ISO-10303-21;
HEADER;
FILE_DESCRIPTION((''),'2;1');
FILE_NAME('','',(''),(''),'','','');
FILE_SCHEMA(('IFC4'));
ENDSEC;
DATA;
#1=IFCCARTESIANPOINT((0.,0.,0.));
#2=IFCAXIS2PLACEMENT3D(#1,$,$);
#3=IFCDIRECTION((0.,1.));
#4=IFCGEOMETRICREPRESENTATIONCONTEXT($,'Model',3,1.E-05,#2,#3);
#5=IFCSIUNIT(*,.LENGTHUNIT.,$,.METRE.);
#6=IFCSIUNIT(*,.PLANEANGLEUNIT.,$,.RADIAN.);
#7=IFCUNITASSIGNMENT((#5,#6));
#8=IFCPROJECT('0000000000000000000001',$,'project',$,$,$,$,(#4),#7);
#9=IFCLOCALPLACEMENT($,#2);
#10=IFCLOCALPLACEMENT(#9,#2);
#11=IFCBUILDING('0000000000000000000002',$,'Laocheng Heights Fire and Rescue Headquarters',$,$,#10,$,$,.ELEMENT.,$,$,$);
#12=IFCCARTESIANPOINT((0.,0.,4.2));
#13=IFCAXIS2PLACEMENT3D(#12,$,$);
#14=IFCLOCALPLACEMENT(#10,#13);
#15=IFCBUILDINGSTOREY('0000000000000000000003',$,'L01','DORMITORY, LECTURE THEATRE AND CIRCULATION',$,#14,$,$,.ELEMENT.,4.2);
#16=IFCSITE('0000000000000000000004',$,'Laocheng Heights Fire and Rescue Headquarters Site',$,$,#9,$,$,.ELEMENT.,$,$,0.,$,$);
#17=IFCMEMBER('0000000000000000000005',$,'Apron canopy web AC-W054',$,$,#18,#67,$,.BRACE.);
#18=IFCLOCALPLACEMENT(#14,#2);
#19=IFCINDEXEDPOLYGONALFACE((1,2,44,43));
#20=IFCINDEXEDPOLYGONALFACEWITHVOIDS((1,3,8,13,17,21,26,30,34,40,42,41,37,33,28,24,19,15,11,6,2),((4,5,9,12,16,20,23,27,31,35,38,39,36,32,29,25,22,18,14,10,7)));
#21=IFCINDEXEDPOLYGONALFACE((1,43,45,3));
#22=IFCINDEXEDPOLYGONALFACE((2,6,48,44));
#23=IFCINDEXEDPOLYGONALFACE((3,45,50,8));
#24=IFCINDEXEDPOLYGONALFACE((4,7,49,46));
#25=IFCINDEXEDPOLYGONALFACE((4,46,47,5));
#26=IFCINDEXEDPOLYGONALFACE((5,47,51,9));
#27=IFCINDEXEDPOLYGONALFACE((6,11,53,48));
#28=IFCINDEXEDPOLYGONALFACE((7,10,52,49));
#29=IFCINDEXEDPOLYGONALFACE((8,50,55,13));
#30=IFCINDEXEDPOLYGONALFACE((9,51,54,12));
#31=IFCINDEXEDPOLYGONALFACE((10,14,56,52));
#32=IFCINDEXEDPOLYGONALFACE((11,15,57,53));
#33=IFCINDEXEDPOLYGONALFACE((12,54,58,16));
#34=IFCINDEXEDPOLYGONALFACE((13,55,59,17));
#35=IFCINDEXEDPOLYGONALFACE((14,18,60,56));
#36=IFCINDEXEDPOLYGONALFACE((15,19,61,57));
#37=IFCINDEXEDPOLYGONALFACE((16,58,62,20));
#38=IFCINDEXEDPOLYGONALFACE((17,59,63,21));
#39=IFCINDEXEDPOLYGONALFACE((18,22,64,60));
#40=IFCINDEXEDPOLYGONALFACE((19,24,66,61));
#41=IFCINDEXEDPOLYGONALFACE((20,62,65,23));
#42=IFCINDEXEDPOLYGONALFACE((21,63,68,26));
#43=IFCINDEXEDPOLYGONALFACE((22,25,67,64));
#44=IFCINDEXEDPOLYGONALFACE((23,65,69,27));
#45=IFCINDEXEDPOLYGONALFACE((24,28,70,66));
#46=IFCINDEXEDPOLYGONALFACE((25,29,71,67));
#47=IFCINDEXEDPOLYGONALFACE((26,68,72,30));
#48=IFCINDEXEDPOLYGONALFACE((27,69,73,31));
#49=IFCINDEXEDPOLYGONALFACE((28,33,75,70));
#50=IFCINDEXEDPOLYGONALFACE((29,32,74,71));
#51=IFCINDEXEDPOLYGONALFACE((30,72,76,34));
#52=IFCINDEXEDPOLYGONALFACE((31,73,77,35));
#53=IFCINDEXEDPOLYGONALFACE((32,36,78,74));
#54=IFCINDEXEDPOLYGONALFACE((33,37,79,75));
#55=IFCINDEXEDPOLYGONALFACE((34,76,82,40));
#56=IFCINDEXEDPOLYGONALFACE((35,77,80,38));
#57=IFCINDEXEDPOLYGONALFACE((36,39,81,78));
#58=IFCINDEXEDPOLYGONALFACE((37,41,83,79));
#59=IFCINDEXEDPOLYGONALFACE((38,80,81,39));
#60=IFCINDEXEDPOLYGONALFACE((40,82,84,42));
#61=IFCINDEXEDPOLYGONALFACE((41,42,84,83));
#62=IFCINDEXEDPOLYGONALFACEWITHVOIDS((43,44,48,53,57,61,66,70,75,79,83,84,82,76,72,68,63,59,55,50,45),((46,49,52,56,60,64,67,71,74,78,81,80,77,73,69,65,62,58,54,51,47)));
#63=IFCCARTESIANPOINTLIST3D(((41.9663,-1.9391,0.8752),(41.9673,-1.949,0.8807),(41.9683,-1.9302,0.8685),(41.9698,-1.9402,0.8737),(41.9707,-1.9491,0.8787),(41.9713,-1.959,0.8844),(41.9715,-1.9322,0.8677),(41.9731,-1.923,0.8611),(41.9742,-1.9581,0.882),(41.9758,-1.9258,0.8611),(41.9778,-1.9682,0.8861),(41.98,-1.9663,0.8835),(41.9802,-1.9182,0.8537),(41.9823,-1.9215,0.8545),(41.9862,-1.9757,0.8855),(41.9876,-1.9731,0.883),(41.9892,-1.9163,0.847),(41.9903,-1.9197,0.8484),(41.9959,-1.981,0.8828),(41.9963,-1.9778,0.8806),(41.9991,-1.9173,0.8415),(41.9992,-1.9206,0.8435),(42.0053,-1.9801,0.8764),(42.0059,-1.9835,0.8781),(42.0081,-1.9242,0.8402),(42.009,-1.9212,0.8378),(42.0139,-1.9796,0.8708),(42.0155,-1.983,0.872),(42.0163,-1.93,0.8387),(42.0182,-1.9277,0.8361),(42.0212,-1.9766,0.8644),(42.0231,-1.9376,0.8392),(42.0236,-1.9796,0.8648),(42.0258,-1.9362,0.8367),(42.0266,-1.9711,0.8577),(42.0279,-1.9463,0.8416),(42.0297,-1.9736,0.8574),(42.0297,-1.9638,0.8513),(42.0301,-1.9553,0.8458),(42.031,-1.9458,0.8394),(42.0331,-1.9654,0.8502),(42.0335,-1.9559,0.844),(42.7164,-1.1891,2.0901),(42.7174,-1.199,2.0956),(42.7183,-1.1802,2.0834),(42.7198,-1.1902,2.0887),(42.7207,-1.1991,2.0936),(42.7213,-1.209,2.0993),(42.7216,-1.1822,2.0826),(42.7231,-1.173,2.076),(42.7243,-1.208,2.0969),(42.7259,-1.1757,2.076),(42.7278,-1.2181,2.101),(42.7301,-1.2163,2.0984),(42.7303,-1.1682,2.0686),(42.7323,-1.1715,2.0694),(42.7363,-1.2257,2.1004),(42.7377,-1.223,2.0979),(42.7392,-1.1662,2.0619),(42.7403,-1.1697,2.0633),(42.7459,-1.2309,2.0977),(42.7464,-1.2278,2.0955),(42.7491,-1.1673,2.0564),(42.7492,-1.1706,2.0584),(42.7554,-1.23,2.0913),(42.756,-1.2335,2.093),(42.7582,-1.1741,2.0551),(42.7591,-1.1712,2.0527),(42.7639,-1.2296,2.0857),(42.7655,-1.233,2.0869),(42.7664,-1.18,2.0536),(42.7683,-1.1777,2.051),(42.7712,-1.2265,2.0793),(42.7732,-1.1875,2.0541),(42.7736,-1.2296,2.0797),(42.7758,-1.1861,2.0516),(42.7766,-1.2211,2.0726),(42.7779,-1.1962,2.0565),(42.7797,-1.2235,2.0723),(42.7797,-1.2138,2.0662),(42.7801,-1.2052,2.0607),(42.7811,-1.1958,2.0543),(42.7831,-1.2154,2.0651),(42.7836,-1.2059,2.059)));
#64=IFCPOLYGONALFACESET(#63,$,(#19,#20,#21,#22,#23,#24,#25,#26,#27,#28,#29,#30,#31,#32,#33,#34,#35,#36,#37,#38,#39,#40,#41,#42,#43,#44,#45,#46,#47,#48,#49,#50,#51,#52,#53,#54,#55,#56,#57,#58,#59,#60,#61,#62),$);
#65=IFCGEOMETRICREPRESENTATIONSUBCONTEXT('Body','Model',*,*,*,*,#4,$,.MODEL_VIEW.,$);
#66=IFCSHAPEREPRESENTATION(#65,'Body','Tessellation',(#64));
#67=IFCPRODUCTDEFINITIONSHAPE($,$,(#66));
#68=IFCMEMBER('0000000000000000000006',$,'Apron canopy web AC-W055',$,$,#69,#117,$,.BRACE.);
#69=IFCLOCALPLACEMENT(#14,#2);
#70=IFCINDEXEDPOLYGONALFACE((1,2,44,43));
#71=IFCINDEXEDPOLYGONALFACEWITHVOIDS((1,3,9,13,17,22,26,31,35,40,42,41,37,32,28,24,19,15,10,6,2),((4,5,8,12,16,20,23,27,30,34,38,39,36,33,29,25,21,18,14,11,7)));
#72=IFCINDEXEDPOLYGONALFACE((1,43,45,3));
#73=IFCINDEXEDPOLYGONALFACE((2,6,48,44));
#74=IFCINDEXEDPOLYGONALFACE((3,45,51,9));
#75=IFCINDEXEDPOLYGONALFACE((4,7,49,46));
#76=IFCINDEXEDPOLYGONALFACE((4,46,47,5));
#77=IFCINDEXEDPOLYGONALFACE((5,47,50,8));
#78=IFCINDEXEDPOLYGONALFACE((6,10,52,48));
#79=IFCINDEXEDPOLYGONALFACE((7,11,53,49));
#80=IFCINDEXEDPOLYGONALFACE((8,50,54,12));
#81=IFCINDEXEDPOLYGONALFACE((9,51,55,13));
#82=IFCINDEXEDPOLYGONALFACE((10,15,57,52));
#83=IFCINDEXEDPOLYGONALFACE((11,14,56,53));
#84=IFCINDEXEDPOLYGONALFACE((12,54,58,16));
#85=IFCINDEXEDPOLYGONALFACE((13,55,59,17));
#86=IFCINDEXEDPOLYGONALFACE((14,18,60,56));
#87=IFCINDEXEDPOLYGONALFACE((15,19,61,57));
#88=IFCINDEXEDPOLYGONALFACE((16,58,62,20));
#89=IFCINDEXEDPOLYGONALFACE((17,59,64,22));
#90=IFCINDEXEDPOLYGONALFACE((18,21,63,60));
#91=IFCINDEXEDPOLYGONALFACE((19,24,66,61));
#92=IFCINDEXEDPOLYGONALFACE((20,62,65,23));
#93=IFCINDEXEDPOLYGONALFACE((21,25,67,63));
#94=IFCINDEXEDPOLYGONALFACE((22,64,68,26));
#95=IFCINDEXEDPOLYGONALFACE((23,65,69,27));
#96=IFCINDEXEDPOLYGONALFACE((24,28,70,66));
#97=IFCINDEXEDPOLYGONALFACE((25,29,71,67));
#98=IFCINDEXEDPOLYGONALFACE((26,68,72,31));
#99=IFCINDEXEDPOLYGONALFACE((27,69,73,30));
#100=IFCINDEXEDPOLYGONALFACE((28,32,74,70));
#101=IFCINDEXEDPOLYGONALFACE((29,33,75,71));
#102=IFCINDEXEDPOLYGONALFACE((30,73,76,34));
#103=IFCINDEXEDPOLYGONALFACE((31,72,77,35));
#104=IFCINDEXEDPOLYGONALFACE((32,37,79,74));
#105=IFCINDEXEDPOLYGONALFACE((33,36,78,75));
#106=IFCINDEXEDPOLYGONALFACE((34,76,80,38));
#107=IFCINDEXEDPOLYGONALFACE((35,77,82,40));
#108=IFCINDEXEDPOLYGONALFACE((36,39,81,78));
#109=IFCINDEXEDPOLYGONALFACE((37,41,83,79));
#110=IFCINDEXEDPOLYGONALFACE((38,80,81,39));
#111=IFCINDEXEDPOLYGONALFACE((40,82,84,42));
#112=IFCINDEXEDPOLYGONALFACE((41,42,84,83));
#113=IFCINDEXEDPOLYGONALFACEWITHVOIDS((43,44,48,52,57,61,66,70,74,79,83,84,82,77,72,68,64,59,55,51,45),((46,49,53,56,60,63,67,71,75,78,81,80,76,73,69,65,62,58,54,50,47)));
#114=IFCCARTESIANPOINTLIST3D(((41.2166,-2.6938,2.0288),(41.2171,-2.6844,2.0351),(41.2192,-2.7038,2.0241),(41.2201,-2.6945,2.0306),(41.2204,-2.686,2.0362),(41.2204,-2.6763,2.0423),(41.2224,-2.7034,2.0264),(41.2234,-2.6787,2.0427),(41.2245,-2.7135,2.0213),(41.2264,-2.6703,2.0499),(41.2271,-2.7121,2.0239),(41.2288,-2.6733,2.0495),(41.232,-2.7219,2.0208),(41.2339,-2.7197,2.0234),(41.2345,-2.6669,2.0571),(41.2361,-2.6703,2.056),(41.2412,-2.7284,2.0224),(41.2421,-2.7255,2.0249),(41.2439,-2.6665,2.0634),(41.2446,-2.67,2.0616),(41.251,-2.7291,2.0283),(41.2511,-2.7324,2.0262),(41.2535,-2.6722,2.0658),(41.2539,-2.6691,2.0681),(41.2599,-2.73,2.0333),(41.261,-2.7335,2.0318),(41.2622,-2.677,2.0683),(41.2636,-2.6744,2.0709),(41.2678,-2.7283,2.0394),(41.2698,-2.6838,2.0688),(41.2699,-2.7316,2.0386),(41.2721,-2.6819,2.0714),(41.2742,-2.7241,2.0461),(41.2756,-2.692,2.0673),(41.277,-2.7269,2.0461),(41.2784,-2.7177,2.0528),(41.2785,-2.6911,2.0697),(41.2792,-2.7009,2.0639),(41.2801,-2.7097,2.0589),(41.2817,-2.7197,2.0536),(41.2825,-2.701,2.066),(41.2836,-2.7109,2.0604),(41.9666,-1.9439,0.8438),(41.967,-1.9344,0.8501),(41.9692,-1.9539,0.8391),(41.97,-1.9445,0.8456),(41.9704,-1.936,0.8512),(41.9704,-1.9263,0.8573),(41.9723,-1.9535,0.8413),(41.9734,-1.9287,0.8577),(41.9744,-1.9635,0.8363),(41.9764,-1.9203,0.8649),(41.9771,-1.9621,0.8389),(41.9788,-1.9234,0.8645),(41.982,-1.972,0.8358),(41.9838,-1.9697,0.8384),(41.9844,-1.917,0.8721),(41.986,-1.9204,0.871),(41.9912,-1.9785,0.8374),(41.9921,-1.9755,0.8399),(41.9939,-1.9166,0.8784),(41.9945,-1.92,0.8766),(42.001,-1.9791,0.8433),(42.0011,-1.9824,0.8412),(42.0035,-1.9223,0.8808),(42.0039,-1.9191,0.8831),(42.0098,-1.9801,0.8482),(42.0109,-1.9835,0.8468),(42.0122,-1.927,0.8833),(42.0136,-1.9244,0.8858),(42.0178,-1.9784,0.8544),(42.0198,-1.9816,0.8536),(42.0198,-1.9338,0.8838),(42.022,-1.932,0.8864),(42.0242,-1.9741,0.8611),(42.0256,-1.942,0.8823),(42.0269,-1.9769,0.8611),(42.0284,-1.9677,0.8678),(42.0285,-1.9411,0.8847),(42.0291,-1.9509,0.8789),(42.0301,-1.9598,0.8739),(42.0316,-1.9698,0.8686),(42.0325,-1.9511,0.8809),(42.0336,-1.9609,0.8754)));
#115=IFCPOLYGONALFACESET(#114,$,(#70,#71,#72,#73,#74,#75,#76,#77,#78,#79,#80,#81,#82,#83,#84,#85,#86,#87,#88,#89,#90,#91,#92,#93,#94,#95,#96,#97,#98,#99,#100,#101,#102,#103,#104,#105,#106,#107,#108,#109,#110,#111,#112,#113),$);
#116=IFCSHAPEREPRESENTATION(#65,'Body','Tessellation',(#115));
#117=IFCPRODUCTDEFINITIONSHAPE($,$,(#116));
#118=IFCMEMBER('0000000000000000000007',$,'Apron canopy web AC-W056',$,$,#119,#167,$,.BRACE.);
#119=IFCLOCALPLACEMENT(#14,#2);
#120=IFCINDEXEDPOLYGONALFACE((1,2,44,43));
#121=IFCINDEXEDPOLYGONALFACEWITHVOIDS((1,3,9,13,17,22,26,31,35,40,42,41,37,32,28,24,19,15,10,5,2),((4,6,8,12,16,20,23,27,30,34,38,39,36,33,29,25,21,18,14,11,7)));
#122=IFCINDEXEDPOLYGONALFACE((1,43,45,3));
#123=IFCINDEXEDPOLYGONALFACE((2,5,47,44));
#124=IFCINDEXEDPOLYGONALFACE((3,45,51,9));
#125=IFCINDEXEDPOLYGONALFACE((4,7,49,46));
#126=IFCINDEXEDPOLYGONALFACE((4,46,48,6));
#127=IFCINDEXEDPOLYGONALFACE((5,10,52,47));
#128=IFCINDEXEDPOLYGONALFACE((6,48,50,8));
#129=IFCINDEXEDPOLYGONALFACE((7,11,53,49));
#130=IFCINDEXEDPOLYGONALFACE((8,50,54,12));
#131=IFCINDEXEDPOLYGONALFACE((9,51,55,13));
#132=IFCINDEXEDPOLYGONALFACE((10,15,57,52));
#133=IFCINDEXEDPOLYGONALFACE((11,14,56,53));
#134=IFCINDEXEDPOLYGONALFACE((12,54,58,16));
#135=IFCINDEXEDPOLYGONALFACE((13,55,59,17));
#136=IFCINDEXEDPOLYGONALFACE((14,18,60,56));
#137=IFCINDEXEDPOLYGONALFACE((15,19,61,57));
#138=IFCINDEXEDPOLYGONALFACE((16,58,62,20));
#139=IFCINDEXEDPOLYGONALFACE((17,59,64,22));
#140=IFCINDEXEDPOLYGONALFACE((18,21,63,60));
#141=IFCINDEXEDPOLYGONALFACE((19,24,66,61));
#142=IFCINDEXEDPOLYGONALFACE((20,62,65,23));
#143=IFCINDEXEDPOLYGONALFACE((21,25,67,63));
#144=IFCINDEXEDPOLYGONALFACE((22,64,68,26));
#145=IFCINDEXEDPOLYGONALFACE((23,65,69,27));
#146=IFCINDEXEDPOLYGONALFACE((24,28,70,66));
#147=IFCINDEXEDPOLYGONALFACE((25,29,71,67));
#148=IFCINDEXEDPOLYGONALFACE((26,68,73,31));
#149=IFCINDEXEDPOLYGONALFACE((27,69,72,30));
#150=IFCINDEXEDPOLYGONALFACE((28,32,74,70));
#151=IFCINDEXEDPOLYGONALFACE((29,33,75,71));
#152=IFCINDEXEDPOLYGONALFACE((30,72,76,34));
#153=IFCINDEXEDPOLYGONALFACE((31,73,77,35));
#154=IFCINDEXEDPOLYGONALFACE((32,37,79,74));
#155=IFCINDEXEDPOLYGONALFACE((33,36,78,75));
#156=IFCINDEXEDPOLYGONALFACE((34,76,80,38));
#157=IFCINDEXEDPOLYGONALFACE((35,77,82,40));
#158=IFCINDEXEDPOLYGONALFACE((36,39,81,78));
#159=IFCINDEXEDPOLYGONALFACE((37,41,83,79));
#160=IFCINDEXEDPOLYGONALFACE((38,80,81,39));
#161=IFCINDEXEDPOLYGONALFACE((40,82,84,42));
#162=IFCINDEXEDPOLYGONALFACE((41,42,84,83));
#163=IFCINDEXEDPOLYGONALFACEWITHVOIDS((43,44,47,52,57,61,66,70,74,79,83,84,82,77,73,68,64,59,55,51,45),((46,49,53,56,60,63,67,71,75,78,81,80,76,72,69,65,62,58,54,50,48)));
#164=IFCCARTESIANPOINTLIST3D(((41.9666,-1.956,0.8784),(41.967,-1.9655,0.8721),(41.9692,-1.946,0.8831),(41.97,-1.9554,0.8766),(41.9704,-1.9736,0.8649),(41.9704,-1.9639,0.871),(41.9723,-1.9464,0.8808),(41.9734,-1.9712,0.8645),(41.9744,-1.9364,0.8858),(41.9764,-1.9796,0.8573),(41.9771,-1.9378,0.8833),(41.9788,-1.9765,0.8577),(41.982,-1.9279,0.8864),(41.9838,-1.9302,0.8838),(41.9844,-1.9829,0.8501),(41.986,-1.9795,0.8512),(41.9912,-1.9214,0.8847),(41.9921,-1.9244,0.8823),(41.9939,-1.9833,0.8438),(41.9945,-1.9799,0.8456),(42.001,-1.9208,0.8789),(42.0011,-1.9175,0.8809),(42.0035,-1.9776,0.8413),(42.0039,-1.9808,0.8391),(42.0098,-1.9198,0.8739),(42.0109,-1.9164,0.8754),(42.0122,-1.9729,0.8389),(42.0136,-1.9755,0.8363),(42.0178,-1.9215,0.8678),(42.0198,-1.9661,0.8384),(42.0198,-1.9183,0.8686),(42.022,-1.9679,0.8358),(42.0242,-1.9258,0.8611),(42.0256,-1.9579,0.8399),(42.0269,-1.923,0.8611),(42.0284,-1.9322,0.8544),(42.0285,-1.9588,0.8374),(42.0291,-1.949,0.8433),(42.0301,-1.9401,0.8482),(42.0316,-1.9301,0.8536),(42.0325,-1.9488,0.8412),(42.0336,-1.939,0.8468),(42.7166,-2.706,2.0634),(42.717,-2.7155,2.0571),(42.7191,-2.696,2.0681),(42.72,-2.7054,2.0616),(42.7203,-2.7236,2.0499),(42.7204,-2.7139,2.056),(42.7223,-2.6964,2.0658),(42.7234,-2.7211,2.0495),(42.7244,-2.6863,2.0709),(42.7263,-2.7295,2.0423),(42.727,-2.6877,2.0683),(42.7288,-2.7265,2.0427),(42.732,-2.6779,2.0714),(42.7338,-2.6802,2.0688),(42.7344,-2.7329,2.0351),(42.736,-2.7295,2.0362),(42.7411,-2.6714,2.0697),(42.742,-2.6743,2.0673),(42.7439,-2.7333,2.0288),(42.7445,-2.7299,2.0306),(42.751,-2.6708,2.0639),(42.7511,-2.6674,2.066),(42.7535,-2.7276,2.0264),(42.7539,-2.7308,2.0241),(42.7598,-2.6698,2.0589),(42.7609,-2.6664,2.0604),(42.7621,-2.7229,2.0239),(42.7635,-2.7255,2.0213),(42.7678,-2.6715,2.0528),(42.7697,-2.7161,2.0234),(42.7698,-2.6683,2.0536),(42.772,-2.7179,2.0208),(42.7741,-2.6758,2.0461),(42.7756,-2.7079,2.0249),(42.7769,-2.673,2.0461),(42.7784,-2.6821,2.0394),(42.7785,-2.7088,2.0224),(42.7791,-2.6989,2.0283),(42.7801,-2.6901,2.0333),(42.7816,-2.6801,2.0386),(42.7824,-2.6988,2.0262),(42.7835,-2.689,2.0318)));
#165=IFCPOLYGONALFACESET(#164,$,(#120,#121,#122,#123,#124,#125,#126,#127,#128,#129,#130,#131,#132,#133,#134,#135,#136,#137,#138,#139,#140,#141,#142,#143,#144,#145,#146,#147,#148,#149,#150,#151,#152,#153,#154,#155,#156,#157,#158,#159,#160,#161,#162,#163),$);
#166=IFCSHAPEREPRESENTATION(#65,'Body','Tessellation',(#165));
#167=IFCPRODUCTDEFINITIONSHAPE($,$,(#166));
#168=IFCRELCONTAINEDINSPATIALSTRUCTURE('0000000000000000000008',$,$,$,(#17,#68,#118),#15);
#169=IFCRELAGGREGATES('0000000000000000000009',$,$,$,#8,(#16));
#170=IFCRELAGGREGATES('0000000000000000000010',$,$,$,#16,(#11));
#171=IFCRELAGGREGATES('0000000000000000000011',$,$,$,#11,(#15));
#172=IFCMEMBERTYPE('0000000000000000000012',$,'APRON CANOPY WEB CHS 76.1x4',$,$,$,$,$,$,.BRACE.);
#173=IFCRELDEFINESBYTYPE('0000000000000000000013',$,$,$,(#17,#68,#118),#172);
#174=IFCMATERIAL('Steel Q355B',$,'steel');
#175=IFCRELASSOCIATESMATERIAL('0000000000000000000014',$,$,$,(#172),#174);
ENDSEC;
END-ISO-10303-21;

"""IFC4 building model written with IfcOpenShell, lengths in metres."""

from ifc_helpers import new_model, si_unit, direction, frame, origin, origin_2d, place, context, subcontext, project, spatial, hollow_circle, extrude, material, material_profile, profile_set, type_object, element, save


model = new_model("IFC4")

# Units and contexts
model_context = context("Model", 3, precision=1e-05, world=origin(), true_north=direction((0.0, 1.0)))
body_context = subcontext(model_context, "Body", "Model", "MODEL_VIEW")
ifc_project = project(units=[si_unit("LENGTHUNIT", "METRE"), si_unit("PLANEANGLEUNIT", "RADIAN")], contexts=[model_context])

# Site, building, storey
site_placement = place(None, origin())
site = spatial("IfcSite", under=ifc_project, at=site_placement, Name="Laocheng Heights Fire and Rescue Headquarters Site", CompositionType="ELEMENT", RefElevation=0.0)
building_placement = place(site_placement, origin())
building = spatial("IfcBuilding", under=site, at=building_placement, Name="Laocheng Heights Fire and Rescue Headquarters", CompositionType="ELEMENT")
storey_placement = place(building_placement, frame((0.0, 0.0, 4.2)))
storey = spatial("IfcBuildingStorey", under=building, at=storey_placement, Name="L01", Description="DORMITORY, LECTURE THEATRE AND CIRCULATION", CompositionType="ELEMENT", Elevation=4.2)

# Members
ifc_material_1 = material(Name="Steel Q355B", Category="steel")
ifc_material_profile_1 = material_profile(ifc_material_1, hollow_circle(Radius=0.0381, WallThickness=0.0039, at=origin_2d()), Name="CHS 76.1x4")
ifc_profile_set_1 = profile_set([ifc_material_profile_1], Name="Steel Q355B")
member_type_1 = type_object("IfcMemberType", Name="APRON CANOPY WEB CHS 76.1x4", PredefinedType="BRACE", material=ifc_profile_set_1)
for number, where, z_axis, x_axis, name in (
    (1, (42.0, -1.95, 0.8611), (0.465055, 0.465055, 0.753292), (-0.707107, 0.707107, 0.0), "Apron canopy web AC-W054"),
):
    element("IfcMember", number, at=place(storey_placement, frame(where, z_axis=z_axis, x_axis=x_axis)), inside=storey, type_object=member_type_1, Name=name, PredefinedType="BRACE", context=body_context, shape_type="SweptSolid", body=[
        extrude(hollow_circle(Radius=0.0381, WallThickness=0.0039, at=origin_2d()), origin(), (0.0, 0.0, 1.0), 1.6128),
    ])
for number, where, z_axis, x_axis, name in (
    (2, (42.0, -1.95, 0.8611), (-0.47158, -0.47158, 0.745134), (0.707107, -0.707107, 0.0), "Apron canopy web AC-W055"),
    (3, (42.0, -1.95, 0.8611), (0.47158, -0.47158, 0.745134), (0.707107, 0.707107, 0.0), "Apron canopy web AC-W056"),
):
    element("IfcMember", number, at=place(storey_placement, frame(where, z_axis=z_axis, x_axis=x_axis)), inside=storey, type_object=member_type_1, Name=name, PredefinedType="BRACE", context=body_context, shape_type="SweptSolid", body=[
        extrude(hollow_circle(Radius=0.0381, WallThickness=0.0039, at=origin_2d()), origin(), (0.0, 0.0, 1.0), 1.5903),
    ])

save(model, "model.ifc")
